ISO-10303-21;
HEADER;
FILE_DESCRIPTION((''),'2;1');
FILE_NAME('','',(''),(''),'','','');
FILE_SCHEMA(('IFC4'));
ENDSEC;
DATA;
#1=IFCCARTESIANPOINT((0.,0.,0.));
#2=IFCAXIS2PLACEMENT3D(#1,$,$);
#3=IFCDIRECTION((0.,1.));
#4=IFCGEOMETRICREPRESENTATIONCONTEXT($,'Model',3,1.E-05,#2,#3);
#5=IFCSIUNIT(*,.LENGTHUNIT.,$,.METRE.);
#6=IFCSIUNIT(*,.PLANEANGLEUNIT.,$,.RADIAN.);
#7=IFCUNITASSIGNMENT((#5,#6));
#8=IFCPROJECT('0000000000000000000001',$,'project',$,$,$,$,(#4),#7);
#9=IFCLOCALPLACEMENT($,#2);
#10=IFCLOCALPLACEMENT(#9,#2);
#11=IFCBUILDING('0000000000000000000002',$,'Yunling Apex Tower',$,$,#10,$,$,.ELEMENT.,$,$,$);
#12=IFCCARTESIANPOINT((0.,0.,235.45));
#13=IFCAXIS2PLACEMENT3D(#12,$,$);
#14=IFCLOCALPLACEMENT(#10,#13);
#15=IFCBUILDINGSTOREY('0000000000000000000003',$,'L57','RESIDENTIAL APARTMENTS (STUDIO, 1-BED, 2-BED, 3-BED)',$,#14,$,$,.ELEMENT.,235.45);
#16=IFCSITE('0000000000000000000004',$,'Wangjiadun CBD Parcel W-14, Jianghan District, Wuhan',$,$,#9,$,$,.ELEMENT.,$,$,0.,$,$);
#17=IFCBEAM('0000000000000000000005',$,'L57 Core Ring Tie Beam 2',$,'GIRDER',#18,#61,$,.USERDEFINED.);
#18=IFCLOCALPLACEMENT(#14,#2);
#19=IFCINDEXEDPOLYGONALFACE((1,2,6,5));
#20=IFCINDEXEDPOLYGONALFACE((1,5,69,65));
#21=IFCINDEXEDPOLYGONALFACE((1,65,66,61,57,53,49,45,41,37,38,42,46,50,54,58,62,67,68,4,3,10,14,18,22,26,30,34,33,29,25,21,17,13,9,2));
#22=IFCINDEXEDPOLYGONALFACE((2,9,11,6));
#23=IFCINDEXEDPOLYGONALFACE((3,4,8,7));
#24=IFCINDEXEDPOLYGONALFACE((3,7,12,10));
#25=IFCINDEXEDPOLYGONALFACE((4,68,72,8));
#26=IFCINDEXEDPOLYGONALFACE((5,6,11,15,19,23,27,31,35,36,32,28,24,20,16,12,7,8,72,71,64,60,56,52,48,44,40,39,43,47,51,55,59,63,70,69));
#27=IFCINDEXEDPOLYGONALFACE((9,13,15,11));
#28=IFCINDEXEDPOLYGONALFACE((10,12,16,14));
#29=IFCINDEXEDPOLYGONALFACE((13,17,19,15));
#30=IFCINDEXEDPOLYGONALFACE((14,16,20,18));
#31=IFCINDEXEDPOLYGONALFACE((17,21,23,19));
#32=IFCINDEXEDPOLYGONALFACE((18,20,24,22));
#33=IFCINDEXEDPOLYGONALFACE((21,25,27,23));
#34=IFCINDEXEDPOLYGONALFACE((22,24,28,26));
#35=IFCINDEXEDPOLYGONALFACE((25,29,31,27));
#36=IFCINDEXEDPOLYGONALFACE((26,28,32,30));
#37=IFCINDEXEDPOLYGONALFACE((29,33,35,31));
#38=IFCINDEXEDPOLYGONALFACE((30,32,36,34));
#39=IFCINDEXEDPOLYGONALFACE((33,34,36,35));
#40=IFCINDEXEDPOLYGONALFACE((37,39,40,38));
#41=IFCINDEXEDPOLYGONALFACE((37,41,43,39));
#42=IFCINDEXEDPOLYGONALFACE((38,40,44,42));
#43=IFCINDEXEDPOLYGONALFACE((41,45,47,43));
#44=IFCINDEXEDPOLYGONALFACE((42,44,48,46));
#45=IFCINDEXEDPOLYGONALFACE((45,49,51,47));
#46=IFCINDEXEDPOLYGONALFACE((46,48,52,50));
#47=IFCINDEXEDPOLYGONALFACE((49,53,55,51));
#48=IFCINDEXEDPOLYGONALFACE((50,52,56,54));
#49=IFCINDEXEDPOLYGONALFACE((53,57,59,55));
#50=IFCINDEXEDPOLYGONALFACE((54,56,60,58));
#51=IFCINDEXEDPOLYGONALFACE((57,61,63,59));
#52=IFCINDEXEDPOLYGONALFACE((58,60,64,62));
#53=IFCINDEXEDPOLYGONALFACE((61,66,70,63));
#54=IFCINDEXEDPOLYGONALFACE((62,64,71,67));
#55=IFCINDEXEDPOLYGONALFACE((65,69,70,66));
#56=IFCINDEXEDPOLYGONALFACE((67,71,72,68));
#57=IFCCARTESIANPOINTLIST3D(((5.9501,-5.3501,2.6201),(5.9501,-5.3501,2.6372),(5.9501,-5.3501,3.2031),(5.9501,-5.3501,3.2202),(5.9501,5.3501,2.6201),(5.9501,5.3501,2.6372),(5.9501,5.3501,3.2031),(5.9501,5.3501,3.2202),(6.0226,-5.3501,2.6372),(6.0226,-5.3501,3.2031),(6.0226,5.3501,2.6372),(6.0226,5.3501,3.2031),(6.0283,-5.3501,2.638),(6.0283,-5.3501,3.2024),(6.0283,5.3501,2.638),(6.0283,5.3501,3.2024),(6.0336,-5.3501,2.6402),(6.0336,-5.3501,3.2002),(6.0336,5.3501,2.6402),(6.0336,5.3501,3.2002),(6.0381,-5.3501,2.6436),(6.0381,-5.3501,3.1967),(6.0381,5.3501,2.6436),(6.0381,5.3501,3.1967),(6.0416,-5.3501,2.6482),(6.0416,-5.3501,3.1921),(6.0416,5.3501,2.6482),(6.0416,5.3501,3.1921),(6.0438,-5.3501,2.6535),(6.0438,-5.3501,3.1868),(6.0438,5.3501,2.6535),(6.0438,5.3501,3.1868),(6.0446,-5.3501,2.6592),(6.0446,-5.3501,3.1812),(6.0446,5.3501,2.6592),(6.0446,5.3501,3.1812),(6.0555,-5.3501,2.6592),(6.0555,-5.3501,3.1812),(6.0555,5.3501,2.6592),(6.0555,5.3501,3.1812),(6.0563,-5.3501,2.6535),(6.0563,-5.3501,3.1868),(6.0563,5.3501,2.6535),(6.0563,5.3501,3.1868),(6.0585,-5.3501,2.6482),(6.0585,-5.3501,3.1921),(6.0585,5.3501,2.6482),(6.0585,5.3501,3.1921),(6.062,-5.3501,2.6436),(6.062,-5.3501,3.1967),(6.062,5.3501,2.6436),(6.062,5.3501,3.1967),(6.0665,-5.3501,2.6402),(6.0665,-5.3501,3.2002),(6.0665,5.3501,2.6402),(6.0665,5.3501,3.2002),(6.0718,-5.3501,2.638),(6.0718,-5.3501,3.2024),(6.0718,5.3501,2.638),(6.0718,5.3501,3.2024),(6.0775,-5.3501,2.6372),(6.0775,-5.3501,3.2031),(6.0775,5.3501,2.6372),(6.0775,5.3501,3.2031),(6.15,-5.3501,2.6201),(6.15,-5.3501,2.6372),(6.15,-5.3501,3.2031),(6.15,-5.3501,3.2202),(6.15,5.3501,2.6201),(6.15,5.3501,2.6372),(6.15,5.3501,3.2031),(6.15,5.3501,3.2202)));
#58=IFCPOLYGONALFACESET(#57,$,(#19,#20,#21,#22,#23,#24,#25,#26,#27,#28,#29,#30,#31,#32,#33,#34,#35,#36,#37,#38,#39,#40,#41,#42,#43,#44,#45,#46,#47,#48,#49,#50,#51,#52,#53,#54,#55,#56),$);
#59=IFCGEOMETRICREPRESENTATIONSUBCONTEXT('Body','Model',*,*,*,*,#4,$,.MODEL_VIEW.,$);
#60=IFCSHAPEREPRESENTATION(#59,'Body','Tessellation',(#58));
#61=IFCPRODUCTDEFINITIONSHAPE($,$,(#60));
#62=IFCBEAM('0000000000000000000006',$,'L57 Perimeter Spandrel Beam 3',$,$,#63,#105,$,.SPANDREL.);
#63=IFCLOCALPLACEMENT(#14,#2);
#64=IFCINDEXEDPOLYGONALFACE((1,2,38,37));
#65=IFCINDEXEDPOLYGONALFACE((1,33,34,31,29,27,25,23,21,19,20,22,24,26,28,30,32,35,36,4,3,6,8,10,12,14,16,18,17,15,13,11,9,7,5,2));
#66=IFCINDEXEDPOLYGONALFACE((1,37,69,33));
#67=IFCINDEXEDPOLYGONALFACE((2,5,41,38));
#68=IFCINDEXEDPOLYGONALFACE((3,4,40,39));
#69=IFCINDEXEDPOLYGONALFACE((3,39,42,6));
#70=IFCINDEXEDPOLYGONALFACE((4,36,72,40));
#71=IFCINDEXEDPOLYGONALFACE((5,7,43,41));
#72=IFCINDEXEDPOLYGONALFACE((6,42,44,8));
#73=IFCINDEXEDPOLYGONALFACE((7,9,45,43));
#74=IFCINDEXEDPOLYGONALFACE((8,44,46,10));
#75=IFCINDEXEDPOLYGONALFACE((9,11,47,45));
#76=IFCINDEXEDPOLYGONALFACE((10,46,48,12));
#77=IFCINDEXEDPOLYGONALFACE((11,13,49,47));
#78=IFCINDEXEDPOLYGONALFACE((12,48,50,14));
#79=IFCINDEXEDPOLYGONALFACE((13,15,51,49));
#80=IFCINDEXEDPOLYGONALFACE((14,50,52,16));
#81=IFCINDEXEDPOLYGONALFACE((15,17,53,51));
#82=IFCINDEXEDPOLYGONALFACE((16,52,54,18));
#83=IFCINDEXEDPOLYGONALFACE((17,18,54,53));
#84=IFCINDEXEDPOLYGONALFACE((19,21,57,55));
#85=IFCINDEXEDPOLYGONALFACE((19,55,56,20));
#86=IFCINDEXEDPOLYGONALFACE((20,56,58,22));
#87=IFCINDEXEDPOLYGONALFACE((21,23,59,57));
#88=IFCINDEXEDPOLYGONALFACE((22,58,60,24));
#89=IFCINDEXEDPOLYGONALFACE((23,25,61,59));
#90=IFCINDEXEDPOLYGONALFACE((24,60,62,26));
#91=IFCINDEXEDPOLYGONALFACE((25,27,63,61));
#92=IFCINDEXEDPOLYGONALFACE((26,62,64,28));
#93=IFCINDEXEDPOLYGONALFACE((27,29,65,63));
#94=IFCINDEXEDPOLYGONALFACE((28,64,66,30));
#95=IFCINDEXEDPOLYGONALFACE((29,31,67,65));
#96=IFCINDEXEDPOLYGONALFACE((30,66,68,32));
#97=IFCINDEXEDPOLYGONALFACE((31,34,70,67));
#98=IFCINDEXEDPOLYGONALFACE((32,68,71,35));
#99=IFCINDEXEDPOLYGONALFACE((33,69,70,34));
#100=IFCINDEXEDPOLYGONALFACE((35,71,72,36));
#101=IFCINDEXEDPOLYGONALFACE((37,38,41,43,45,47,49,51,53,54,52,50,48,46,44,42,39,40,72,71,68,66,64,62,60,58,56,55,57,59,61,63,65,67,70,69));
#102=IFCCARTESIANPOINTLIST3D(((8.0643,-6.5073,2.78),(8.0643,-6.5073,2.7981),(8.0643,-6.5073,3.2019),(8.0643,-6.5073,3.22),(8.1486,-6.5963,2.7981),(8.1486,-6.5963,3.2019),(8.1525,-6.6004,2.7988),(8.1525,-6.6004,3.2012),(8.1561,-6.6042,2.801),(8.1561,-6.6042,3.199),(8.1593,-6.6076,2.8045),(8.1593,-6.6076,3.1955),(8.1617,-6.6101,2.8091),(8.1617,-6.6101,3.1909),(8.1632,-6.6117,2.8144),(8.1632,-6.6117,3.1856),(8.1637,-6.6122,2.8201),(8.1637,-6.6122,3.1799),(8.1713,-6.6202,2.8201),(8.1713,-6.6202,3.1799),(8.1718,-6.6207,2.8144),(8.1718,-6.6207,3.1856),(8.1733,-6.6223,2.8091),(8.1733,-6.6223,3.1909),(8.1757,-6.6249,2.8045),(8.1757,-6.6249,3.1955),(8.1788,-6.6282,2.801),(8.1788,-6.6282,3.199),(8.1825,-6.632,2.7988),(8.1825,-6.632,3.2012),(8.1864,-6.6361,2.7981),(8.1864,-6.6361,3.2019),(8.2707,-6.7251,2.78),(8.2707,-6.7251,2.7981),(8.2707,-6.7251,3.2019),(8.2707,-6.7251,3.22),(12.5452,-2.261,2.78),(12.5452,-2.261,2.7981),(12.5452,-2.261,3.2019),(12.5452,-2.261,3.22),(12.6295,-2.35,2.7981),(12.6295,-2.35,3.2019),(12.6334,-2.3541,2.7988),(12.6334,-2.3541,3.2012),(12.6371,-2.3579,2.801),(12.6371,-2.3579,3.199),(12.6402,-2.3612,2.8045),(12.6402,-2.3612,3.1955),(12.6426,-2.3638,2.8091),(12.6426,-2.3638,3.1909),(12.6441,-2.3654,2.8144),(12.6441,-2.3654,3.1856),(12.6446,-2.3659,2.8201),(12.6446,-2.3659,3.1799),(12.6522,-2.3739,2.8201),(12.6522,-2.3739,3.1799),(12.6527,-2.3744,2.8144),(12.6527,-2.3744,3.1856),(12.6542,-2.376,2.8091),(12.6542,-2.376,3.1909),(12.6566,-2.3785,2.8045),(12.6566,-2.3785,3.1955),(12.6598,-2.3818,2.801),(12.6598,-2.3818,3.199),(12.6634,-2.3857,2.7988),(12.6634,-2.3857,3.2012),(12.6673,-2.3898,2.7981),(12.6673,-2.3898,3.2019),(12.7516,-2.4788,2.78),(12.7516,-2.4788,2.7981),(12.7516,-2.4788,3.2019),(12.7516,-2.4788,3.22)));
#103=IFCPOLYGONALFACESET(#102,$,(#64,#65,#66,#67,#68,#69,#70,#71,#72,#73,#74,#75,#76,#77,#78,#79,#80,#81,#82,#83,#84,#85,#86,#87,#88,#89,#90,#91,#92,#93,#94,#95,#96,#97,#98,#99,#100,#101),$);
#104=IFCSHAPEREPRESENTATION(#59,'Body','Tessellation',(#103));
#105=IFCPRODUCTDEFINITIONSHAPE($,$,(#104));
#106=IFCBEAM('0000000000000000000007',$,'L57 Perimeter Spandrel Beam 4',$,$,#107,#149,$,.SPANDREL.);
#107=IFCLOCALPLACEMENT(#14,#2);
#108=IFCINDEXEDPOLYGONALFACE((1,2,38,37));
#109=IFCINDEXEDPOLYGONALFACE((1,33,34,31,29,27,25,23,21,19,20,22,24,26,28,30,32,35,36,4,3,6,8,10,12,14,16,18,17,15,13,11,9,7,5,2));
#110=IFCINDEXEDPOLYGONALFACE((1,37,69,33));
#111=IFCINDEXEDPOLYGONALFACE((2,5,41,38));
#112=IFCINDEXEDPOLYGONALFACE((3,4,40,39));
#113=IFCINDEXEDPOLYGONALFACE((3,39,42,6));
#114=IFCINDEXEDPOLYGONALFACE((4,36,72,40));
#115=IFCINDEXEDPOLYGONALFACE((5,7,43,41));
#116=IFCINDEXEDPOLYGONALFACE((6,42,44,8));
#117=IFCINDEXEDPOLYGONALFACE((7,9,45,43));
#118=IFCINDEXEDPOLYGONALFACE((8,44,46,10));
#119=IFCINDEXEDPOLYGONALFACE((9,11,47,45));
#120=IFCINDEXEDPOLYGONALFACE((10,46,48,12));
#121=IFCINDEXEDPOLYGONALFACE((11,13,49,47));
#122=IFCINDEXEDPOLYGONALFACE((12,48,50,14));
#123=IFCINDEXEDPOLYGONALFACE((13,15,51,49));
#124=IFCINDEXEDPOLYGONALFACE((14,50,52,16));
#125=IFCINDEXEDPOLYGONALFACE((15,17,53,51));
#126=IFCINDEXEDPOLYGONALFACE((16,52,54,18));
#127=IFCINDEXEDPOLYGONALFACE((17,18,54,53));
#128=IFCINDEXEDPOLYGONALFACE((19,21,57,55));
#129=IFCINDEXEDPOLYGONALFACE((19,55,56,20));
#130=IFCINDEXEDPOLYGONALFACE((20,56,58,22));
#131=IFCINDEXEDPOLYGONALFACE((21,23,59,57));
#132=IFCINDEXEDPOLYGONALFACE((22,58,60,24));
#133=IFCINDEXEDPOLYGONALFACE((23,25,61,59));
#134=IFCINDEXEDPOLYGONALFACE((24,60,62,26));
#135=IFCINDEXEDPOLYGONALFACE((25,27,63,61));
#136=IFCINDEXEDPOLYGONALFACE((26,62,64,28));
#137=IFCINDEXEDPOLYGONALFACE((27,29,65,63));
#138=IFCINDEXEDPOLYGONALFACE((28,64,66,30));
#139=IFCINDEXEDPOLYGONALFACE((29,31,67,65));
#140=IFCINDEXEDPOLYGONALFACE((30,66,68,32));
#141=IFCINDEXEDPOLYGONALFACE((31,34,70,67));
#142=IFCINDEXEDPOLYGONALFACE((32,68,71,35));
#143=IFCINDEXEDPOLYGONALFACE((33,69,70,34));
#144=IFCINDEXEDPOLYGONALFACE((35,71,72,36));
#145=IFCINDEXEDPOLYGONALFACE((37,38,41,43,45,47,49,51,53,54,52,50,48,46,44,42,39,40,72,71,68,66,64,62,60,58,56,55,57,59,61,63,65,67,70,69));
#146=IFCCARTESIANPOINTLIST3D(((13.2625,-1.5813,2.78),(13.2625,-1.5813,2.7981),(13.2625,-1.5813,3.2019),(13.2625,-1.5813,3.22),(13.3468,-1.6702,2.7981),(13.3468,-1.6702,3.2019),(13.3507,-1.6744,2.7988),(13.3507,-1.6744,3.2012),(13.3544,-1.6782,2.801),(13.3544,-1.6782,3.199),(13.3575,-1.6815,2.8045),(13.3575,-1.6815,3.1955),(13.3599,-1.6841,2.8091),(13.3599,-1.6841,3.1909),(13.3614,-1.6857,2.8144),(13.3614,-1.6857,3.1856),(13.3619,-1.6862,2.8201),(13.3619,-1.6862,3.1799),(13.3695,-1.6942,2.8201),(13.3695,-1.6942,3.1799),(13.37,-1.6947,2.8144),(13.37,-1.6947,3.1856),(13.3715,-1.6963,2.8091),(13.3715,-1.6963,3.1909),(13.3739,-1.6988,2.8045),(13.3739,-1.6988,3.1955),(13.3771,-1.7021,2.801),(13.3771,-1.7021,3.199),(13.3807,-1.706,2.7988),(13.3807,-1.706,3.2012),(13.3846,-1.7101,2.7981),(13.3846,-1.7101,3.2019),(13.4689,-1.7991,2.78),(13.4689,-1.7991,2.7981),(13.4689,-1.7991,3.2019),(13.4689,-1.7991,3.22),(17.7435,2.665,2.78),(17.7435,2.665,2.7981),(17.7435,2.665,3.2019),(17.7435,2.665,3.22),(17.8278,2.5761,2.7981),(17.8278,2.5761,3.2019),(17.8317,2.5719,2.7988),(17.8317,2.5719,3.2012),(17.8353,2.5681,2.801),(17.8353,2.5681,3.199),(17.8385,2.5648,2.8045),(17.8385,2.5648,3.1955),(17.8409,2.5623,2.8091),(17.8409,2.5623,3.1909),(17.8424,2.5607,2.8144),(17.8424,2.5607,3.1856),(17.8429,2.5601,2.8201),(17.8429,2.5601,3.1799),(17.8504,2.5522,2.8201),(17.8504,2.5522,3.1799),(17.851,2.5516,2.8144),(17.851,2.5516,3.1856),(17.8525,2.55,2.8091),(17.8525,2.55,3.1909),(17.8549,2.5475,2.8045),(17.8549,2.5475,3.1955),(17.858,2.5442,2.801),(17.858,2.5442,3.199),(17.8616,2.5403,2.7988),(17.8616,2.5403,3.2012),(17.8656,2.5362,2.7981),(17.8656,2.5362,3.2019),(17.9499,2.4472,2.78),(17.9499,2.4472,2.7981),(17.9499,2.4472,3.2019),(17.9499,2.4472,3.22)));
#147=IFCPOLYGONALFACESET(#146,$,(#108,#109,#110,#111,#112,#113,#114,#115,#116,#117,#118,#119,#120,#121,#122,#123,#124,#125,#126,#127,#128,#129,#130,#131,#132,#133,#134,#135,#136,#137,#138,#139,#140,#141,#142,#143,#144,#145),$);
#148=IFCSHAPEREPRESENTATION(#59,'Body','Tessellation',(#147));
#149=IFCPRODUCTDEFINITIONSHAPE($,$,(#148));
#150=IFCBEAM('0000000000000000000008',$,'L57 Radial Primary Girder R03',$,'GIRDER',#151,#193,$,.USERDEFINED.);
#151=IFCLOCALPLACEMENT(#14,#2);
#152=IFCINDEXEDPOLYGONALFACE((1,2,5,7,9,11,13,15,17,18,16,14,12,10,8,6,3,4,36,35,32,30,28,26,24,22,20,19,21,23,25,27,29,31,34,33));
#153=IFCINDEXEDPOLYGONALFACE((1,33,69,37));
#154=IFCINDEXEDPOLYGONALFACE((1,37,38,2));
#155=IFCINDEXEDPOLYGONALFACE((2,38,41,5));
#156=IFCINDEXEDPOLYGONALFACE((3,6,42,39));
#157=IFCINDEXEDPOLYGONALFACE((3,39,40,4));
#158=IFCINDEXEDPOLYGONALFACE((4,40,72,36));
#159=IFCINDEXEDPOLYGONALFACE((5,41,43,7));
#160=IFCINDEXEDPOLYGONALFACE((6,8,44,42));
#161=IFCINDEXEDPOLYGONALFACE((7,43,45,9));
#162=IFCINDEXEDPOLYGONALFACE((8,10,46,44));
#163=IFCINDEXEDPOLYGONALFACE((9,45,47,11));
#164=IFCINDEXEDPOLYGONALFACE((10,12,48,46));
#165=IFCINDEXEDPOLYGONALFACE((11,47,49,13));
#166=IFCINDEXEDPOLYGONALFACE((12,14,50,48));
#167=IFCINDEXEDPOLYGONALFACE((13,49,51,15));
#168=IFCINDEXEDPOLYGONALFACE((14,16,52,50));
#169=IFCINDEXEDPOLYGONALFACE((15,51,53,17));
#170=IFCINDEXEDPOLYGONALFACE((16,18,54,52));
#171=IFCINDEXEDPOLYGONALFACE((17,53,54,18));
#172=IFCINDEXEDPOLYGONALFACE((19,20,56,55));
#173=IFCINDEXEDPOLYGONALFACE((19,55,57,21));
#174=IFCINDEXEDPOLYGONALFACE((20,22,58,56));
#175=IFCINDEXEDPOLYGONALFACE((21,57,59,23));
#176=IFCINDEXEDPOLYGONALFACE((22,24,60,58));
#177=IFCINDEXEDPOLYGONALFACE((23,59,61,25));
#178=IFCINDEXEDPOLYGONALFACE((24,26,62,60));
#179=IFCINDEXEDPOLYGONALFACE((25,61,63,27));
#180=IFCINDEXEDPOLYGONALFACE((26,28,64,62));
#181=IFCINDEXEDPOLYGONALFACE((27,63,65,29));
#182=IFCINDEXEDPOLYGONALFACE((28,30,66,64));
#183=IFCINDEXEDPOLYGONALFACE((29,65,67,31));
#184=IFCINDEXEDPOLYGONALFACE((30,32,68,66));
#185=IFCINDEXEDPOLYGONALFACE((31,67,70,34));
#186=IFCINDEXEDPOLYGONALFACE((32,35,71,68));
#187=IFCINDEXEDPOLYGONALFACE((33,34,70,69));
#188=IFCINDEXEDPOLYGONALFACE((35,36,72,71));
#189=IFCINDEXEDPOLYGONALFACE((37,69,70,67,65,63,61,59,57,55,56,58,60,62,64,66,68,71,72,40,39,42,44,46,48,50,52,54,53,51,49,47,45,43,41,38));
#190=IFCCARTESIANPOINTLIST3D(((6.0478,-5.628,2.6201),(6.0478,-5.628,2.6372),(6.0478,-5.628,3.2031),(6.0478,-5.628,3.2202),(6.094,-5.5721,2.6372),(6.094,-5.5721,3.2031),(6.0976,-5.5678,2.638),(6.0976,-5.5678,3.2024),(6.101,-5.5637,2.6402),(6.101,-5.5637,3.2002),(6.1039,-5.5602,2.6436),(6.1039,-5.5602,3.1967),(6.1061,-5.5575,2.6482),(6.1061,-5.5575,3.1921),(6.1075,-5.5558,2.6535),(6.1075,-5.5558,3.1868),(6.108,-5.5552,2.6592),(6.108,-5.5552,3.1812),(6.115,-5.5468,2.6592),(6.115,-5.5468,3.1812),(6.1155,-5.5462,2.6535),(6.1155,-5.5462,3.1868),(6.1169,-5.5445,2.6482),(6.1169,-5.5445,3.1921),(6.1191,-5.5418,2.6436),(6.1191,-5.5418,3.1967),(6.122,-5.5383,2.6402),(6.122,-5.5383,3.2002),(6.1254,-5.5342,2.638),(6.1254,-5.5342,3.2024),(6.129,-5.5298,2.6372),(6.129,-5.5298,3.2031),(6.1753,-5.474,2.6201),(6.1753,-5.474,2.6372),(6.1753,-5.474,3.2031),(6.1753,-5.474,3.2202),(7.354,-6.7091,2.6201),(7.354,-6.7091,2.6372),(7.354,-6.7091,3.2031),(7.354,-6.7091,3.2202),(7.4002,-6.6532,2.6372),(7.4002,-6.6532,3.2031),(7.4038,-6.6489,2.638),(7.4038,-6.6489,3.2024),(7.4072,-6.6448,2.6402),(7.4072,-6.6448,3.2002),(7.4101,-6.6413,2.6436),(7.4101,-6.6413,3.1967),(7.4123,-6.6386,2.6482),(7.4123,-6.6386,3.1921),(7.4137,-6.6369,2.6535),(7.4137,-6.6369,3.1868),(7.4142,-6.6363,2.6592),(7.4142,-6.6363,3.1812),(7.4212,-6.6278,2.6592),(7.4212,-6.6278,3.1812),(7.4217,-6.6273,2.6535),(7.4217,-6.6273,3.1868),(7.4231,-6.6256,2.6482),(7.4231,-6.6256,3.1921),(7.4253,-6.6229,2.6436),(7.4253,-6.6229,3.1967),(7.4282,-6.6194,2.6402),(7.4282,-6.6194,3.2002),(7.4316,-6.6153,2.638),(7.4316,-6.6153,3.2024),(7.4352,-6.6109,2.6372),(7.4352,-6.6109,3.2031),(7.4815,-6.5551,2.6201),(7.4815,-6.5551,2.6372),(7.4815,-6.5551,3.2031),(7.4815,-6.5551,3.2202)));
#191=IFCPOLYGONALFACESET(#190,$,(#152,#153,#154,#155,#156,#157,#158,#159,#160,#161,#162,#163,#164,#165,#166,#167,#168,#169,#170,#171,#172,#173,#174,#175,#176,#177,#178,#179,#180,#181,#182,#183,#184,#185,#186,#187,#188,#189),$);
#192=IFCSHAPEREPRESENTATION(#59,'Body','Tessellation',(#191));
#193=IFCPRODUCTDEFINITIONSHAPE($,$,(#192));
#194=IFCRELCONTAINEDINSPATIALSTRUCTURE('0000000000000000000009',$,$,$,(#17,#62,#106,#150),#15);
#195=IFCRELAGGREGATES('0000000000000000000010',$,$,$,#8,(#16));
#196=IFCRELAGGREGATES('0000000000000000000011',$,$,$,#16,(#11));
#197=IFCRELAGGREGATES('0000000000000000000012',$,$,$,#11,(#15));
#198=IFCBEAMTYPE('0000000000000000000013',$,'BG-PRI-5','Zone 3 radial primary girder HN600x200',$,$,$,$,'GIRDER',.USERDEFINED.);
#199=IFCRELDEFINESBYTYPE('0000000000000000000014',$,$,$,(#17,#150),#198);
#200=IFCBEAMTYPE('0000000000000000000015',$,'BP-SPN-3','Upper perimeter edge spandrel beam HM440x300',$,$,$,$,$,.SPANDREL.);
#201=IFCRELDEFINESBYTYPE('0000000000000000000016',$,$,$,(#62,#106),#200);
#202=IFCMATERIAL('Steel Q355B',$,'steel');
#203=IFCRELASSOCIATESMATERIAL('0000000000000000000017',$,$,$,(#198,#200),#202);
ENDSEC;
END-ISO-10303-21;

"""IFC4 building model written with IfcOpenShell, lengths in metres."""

from ifc_helpers import new_model, si_unit, direction, frame, origin, origin_2d, place, context, subcontext, project, spatial, i_section, extrude, source, transform, mapped, material, material_profile, profile_set, type_object, element, save


model = new_model("IFC4")

# Units and contexts
model_context = context("Model", 3, precision=1e-05, world=origin(), true_north=direction((0.0, 1.0)))
body_context = subcontext(model_context, "Body", "Model", "MODEL_VIEW")
ifc_project = project(units=[si_unit("LENGTHUNIT", "METRE"), si_unit("PLANEANGLEUNIT", "RADIAN")], contexts=[model_context])

# Site, building, storey
site_placement = place(None, origin())
site = spatial("IfcSite", under=ifc_project, at=site_placement, Name="Wangjiadun CBD Parcel W-14, Jianghan District, Wuhan", CompositionType="ELEMENT", RefElevation=0.0)
building_placement = place(site_placement, origin())
building = spatial("IfcBuilding", under=site, at=building_placement, Name="Yunling Apex Tower", CompositionType="ELEMENT")
storey_placement = place(building_placement, frame((0.0, 0.0, 235.45)))
storey = spatial("IfcBuildingStorey", under=building, at=storey_placement, Name="L57", Description="RESIDENTIAL APARTMENTS (STUDIO, 1-BED, 2-BED, 3-BED)", CompositionType="ELEMENT", Elevation=235.45)

# Beams
ifc_material_1 = material(Name="Steel Q355B", Category="steel")
ifc_material_profile_1 = material_profile(ifc_material_1, i_section(OverallWidth=0.2, OverallDepth=0.6001, WebThickness=0.011, FlangeThickness=0.0171, FilletRadius=0.022, at=origin_2d()))
ifc_profile_set_1 = profile_set([ifc_material_profile_1], Name="Steel Q355B")
beam_type_1 = type_object("IfcBeamType", Name="BG-PRI-5", Description="Zone 3 radial primary girder HN600x200", ElementType="GIRDER", PredefinedType="USERDEFINED", material=ifc_profile_set_1)
shared_shape_1 = source(origin(), body_context, "Body", "SweptSolid", [
    extrude(i_section(OverallWidth=0.2, OverallDepth=0.6001, WebThickness=0.011, FlangeThickness=0.0171, FilletRadius=0.022, at=origin_2d()), origin(), (0.0, 0.0, 1.0), 10.7002),
])
beam_1_placement = place(storey_placement, frame((6.05, -5.3501, 2.9202), z_axis=(0.0, 1.0, 0.0), x_axis=(-1.0, 0.0, 0.0)))
element("IfcBeam", 1, at=beam_1_placement, inside=storey, type_object=beam_type_1, Name="L57 Core Ring Tie Beam 2", ObjectType="GIRDER", PredefinedType="USERDEFINED", context=body_context, shape_type="MappedRepresentation", body=[
    mapped(shared_shape_1, transform((0.0, 0.0, 0.0), scale=1.0)),
])
ifc_material_profile_2 = material_profile(ifc_material_1, i_section(OverallWidth=0.3, OverallDepth=0.4399, WebThickness=0.011, FlangeThickness=0.0181, FilletRadius=0.022, at=origin_2d()))
ifc_profile_set_2 = profile_set([ifc_material_profile_2], Name="Steel Q355B")
beam_type_2 = type_object("IfcBeamType", Name="BP-SPN-3", Description="Upper perimeter edge spandrel beam HM440x300", PredefinedType="SPANDREL", material=ifc_profile_set_2)
shared_shape_2 = source(origin(), body_context, "Body", "SweptSolid", [
    extrude(i_section(OverallWidth=0.3, OverallDepth=0.4399, WebThickness=0.011, FlangeThickness=0.0181, FilletRadius=0.022, at=origin_2d()), origin(), (0.0, 0.0, 1.0), 6.1733),
])
for number, where, z_axis, x_axis, name in (
    (2, (8.1675, -6.6162, 3.0), (0.725854, 0.687849, 0.0), (-0.687849, 0.725854, 0.0), "L57 Perimeter Spandrel Beam 3"),
    (3, (13.3657, -1.6902, 3.0), (0.725854, 0.687849, 0.0), (-0.687849, 0.725854, 0.0), "L57 Perimeter Spandrel Beam 4"),
):
    element("IfcBeam", number, at=place(storey_placement, frame(where, z_axis=z_axis, x_axis=x_axis)), inside=storey, type_object=beam_type_2, Name=name, PredefinedType="SPANDREL", context=body_context, shape_type="MappedRepresentation", body=[
        mapped(shared_shape_2, transform((0.0, 0.0, 0.0), scale=1.0)),
    ])
shared_shape_3 = source(origin(), body_context, "Body", "SweptSolid", [
    extrude(i_section(OverallWidth=0.2, OverallDepth=0.6001, WebThickness=0.011, FlangeThickness=0.0171, FilletRadius=0.022, at=origin_2d()), origin(), (0.0, 0.0, 1.0), 1.6956),
])
beam_2_placement = place(storey_placement, frame((7.4177, -6.6321, 2.9202), z_axis=(-0.770365, 0.637603, 0.0), x_axis=(-0.637603, -0.770365, 0.0)))
element("IfcBeam", 4, at=beam_2_placement, inside=storey, type_object=beam_type_1, Name="L57 Radial Primary Girder R03", ObjectType="GIRDER", PredefinedType="USERDEFINED", context=body_context, shape_type="MappedRepresentation", body=[
    mapped(shared_shape_3, transform((0.0, 0.0, 0.0), scale=1.0)),
])

save(model, "model.ifc")
